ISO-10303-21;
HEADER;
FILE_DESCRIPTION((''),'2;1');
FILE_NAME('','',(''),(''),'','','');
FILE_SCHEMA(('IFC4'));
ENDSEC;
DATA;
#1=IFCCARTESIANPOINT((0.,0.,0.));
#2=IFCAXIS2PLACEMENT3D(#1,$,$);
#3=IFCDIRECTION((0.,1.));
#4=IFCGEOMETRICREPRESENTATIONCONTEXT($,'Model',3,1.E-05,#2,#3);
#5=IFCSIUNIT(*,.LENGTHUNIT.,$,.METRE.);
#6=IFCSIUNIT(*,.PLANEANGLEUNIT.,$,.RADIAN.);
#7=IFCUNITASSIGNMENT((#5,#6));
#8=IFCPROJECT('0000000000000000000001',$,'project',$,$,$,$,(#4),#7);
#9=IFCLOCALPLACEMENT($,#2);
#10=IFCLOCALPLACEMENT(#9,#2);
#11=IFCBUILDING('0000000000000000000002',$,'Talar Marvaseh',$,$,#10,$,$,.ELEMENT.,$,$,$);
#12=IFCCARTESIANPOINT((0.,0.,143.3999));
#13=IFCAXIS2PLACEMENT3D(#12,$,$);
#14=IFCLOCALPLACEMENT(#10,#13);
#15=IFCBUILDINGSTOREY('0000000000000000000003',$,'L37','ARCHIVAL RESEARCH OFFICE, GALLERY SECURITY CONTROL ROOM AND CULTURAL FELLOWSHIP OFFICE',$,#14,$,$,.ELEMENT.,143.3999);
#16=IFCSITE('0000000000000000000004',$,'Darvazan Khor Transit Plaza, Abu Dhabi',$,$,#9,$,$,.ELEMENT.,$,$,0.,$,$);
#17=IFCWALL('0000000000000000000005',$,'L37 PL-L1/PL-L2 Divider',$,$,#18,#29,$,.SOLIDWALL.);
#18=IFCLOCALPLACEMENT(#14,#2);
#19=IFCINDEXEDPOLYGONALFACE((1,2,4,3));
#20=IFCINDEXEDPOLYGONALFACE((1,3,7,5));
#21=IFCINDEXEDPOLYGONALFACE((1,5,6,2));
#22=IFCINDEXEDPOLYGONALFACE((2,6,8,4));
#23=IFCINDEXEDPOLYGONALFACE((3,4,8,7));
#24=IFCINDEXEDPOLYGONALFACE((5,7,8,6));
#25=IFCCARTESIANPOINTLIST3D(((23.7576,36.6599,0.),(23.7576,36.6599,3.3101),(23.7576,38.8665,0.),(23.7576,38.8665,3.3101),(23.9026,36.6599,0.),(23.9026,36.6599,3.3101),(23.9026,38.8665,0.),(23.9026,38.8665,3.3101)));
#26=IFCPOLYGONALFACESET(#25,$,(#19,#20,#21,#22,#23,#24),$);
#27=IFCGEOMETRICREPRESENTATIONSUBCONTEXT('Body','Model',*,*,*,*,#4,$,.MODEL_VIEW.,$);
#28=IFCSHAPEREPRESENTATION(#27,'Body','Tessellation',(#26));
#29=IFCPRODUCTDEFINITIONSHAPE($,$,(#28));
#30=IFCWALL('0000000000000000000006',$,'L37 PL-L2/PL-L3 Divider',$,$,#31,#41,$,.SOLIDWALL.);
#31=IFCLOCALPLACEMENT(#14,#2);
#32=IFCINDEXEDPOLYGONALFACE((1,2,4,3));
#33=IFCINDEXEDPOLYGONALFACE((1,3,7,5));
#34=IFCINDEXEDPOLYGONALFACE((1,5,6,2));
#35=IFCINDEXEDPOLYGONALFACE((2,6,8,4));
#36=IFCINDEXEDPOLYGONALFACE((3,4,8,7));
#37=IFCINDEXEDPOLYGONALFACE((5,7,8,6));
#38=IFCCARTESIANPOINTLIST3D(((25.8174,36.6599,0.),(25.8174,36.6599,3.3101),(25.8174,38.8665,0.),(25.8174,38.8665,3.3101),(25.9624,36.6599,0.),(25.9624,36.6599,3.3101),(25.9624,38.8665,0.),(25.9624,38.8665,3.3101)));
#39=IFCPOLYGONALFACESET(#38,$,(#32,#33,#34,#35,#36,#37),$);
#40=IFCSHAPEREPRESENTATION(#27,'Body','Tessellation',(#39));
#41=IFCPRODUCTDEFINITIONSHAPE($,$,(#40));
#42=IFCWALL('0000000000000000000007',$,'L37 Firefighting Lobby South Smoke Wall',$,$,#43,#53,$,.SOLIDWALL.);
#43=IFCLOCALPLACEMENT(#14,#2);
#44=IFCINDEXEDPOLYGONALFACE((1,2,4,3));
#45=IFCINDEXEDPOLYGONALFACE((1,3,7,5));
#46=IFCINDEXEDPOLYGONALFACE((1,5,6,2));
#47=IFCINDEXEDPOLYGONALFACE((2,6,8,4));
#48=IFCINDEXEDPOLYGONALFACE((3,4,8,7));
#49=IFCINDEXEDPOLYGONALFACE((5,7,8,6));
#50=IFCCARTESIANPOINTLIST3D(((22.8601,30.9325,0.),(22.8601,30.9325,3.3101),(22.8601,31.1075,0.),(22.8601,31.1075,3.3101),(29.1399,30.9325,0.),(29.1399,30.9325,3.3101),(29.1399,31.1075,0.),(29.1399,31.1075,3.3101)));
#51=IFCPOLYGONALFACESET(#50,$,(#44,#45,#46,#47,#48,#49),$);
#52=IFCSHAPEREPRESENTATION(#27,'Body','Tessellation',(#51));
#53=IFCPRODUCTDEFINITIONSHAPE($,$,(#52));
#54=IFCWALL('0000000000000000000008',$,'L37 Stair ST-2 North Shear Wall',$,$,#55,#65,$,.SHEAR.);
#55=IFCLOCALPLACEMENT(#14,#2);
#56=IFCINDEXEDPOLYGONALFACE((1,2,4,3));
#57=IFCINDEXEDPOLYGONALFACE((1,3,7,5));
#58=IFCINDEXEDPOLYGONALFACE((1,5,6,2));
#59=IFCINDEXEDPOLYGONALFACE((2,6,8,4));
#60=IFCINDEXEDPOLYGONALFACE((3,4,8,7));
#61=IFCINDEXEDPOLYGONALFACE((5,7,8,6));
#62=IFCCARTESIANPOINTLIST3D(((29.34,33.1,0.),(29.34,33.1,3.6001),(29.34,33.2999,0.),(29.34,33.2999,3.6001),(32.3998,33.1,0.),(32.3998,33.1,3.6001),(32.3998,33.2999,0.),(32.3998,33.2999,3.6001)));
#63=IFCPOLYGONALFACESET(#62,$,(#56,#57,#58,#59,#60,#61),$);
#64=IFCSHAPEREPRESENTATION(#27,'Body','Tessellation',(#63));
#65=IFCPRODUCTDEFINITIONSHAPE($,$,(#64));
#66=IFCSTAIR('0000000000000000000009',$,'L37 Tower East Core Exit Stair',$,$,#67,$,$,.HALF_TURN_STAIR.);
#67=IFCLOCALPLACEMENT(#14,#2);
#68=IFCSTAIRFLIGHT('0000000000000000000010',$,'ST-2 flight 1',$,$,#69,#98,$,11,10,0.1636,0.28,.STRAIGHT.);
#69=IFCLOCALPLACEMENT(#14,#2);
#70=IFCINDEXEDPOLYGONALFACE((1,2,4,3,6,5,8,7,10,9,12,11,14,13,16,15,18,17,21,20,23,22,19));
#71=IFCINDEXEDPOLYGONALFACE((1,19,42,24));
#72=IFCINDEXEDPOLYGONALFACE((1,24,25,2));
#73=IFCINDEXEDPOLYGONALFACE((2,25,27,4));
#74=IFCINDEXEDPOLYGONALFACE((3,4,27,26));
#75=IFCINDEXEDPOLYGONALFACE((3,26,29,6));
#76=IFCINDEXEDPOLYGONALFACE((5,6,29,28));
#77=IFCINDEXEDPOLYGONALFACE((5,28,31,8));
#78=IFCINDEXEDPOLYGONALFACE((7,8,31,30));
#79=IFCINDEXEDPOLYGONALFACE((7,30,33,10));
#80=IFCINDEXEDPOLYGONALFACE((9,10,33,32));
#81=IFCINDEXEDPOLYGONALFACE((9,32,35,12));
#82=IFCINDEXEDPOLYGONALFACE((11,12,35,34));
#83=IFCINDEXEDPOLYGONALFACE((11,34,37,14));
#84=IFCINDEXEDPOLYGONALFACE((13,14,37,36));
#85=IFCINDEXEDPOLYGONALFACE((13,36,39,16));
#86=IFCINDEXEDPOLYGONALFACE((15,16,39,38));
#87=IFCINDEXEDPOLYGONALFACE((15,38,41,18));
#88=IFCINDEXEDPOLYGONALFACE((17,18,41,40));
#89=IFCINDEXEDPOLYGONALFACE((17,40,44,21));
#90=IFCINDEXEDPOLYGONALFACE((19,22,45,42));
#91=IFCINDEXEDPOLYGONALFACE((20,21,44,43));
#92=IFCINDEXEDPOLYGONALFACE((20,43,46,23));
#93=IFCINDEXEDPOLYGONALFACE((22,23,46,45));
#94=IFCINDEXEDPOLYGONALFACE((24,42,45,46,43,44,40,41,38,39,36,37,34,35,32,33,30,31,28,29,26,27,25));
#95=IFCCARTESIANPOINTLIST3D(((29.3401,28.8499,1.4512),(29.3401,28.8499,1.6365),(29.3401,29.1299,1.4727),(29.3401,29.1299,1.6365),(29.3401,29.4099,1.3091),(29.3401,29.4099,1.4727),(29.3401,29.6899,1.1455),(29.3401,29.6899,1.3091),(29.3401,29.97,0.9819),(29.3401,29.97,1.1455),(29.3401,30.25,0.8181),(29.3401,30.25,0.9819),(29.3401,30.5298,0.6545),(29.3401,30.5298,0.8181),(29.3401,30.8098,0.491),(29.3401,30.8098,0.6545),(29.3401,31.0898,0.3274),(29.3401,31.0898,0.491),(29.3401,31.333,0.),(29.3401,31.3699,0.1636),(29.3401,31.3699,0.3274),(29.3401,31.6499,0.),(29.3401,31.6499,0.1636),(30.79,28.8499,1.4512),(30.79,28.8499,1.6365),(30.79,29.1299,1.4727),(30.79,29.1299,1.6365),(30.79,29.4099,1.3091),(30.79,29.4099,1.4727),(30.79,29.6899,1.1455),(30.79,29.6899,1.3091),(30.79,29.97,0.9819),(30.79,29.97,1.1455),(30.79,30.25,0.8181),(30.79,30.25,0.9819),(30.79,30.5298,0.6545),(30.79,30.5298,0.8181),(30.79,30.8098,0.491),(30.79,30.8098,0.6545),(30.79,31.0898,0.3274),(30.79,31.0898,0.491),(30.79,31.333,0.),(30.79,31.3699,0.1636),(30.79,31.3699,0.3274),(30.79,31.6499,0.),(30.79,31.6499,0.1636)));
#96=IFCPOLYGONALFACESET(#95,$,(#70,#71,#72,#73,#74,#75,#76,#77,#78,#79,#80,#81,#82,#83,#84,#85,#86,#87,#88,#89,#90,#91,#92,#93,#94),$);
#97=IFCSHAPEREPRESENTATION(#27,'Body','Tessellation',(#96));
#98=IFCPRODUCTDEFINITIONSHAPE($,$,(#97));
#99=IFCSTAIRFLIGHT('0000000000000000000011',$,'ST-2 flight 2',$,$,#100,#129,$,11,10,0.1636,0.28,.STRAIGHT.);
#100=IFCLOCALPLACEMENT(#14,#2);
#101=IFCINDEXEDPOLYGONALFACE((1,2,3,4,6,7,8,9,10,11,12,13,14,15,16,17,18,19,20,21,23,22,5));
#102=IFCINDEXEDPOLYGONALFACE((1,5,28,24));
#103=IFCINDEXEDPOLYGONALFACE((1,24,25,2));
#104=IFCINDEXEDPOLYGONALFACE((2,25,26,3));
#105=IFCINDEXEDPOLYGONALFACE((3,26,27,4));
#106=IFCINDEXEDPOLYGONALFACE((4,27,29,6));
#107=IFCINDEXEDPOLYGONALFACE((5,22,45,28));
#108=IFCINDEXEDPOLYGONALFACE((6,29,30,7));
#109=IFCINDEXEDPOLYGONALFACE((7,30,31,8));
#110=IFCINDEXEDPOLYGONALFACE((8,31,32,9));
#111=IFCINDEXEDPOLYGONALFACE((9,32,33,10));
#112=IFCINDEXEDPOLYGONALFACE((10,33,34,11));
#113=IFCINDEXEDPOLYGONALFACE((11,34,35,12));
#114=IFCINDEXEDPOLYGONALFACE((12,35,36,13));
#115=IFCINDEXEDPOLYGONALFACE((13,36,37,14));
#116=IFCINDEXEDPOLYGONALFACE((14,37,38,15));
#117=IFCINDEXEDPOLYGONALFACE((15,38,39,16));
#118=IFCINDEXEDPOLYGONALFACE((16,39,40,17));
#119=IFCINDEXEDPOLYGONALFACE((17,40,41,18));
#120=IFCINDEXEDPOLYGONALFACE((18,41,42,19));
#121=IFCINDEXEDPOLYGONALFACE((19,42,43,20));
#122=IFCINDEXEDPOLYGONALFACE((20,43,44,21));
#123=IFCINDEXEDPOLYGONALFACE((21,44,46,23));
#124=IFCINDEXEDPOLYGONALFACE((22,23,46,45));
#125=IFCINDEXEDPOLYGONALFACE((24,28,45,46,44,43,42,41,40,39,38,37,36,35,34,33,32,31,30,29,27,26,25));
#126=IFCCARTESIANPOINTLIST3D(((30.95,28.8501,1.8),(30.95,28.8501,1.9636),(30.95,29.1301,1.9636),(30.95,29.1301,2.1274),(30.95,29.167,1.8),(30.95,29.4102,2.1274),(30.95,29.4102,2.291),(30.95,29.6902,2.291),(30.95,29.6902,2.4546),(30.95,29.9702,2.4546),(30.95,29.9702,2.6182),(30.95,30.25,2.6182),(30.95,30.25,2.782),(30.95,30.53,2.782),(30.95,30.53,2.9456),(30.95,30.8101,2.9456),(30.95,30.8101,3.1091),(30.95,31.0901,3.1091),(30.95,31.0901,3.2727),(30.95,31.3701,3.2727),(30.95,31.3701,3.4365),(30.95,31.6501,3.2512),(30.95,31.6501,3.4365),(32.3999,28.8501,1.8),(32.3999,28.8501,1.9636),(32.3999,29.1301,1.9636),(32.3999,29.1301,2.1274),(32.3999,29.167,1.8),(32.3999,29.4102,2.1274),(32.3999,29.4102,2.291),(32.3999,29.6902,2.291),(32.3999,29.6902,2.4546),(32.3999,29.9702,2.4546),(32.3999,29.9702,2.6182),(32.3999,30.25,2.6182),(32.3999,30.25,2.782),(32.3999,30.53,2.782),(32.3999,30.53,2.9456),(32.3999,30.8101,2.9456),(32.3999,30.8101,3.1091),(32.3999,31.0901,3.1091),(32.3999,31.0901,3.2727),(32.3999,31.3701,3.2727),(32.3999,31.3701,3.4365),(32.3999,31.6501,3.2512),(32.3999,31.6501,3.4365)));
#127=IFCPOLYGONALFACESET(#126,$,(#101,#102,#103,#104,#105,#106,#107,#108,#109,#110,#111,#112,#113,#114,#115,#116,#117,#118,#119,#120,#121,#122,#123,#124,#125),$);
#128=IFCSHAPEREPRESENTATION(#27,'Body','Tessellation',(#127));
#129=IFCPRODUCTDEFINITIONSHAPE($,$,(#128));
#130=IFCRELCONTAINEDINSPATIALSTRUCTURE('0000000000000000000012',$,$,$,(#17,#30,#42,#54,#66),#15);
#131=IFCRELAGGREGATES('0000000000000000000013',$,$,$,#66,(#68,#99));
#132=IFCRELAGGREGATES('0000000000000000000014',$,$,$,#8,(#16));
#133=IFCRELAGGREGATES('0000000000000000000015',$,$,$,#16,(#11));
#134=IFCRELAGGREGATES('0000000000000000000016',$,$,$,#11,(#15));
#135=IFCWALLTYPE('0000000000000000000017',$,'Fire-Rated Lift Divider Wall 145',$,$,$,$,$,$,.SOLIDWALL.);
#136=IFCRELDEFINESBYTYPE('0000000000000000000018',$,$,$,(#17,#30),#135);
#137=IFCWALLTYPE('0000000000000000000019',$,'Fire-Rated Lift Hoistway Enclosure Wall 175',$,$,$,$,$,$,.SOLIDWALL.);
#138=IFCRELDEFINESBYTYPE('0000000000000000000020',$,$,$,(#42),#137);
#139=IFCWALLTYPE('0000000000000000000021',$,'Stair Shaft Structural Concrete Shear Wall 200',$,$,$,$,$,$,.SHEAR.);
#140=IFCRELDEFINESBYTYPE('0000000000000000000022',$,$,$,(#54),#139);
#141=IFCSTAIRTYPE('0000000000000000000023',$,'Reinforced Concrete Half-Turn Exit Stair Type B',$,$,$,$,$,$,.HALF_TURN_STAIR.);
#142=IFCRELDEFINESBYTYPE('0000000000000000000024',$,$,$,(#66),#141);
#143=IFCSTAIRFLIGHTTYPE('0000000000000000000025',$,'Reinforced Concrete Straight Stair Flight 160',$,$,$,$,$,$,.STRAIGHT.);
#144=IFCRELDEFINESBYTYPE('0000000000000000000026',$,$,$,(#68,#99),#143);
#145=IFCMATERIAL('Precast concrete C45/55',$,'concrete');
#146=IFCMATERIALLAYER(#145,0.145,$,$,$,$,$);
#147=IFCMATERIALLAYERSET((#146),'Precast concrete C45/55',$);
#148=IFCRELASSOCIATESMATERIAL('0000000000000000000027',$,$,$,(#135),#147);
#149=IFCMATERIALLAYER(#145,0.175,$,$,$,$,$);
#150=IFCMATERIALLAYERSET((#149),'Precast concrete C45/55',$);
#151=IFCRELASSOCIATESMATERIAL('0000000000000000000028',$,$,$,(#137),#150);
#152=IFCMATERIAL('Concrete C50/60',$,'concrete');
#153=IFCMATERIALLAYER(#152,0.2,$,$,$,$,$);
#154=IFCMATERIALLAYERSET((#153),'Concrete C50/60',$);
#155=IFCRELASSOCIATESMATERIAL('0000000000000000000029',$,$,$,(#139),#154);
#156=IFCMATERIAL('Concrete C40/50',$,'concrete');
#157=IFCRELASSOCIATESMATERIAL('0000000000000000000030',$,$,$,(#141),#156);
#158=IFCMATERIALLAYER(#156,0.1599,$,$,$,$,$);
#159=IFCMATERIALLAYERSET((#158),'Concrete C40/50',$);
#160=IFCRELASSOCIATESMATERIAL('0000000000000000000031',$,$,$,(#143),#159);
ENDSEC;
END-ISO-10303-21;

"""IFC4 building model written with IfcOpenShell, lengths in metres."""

from ifc_helpers import new_model, si_unit, direction, frame, frame_2d, origin, place, context, subcontext, project, spatial, polyline, rectangle, outline, extrude, material, layer, layer_set, type_object, element, aggregate, save


model = new_model("IFC4")

# Units and contexts
model_context = context("Model", 3, precision=1e-05, world=origin(), true_north=direction((0.0, 1.0)))
body_context = subcontext(model_context, "Body", "Model", "MODEL_VIEW")
ifc_project = project(units=[si_unit("LENGTHUNIT", "METRE"), si_unit("PLANEANGLEUNIT", "RADIAN")], contexts=[model_context])

# Site, building, storey
site_placement = place(None, origin())
site = spatial("IfcSite", under=ifc_project, at=site_placement, Name="Darvazan Khor Transit Plaza, Abu Dhabi", CompositionType="ELEMENT", RefElevation=0.0)
building_placement = place(site_placement, origin())
building = spatial("IfcBuilding", under=site, at=building_placement, Name="Talar Marvaseh", CompositionType="ELEMENT")
storey_placement = place(building_placement, frame((0.0, 0.0, 143.3999)))
storey = spatial("IfcBuildingStorey", under=building, at=storey_placement, Name="L37", Description="ARCHIVAL RESEARCH OFFICE, GALLERY SECURITY CONTROL ROOM AND CULTURAL FELLOWSHIP OFFICE", CompositionType="ELEMENT", Elevation=143.3999)

# Shared definitions
ifc_material_1 = material(Name="Concrete C40/50", Category="concrete")

# Walls
ifc_material_2 = material(Name="Precast concrete C45/55", Category="concrete")
ifc_layer_1 = layer(ifc_material_2, 0.145)
ifc_layer_set_1 = layer_set([ifc_layer_1], Name="Precast concrete C45/55")
wall_type_1 = type_object("IfcWallType", Name="Fire-Rated Lift Divider Wall 145", PredefinedType="SOLIDWALL", material=ifc_layer_set_1)
for number, where, z_axis, x_axis, name in (
    (1, (23.8301, 36.6599, 0.0), (0.0, 0.0, 1.0), (0.0, 1.0, 0.0), "L37 PL-L1/PL-L2 Divider"),
    (2, (25.8899, 36.6599, 0.0), (0.0, 0.0, 1.0), (0.0, 1.0, 0.0), "L37 PL-L2/PL-L3 Divider"),
):
    element("IfcWall", number, at=place(storey_placement, frame(where, z_axis=z_axis, x_axis=x_axis)), inside=storey, type_object=wall_type_1, Name=name, PredefinedType="SOLIDWALL", context=body_context, shape_type="SweptSolid", body=[
        extrude(rectangle(XDim=2.2065, YDim=0.145, at=frame_2d((1.1033, 0.0))), origin(), (0.0, 0.0, 1.0), 3.3101),
    ])

# Shared definitions
ifc_layer_2 = layer(ifc_material_2, 0.175)
ifc_layer_set_2 = layer_set([ifc_layer_2], Name="Precast concrete C45/55")
wall_type_2 = type_object("IfcWallType", Name="Fire-Rated Lift Hoistway Enclosure Wall 175", PredefinedType="SOLIDWALL", material=ifc_layer_set_2)

# Walls
wall_1_placement = place(storey_placement, frame((22.8601, 31.02, 0.0), z_axis=(0.0, 0.0, 1.0), x_axis=(1.0, 0.0, 0.0)))
element("IfcWall", 3, at=wall_1_placement, inside=storey, type_object=wall_type_2, Name="L37 Firefighting Lobby South Smoke Wall", PredefinedType="SOLIDWALL", context=body_context, shape_type="SweptSolid", body=[
    extrude(rectangle(XDim=6.2798, YDim=0.175, at=frame_2d((3.1399, 0.0))), origin(), (0.0, 0.0, 1.0), 3.3101),
])
ifc_material_3 = material(Name="Concrete C50/60", Category="concrete")
ifc_layer_3 = layer(ifc_material_3, 0.2)
ifc_layer_set_3 = layer_set([ifc_layer_3], Name="Concrete C50/60")
wall_type_3 = type_object("IfcWallType", Name="Stair Shaft Structural Concrete Shear Wall 200", PredefinedType="SHEAR", material=ifc_layer_set_3)
wall_2_placement = place(storey_placement, frame((29.3401, 33.2, 0.0), z_axis=(0.0, 0.0, 1.0), x_axis=(1.0, 0.0, 0.0)))
element("IfcWall", 4, at=wall_2_placement, inside=storey, type_object=wall_type_3, Name="L37 Stair ST-2 North Shear Wall", PredefinedType="SHEAR", context=body_context, shape_type="SweptSolid", body=[
    extrude(rectangle(XDim=3.0598, YDim=0.2, at=frame_2d((1.5298, 0.0))), origin(), (0.0, 0.0, 1.0), 3.6001),
])

# Stair, stair flights
stair_type = type_object("IfcStairType", Name="Reinforced Concrete Half-Turn Exit Stair Type B", PredefinedType="HALF_TURN_STAIR", material=ifc_material_1)
stair_placement = place(storey_placement, origin())
stair = element("IfcStair", 5, at=stair_placement, inside=storey, type_object=stair_type, Name="L37 Tower East Core Exit Stair", PredefinedType="HALF_TURN_STAIR")
ifc_layer_4 = layer(ifc_material_1, 0.1599)
ifc_layer_set_4 = layer_set([ifc_layer_4], Name="Concrete C40/50")
stair_flight_type = type_object("IfcStairFlightType", Name="Reinforced Concrete Straight Stair Flight 160", PredefinedType="STRAIGHT", material=ifc_layer_set_4)
stair_flight_1_placement = place(storey_placement, frame((30.0649, 31.6499, 0.0), z_axis=(0.0, 0.0, 1.0), x_axis=(0.0, -1.0, 0.0)))
stair_flight_1 = element("IfcStairFlight", 6, at=stair_flight_1_placement, type_object=stair_flight_type, Name="ST-2 flight 1", NumberOfRisers=11, NumberOfTreads=10, PredefinedType="STRAIGHT", RiserHeight=0.1636, TreadLength=0.28, context=body_context, shape_type="SweptSolid", body=[
    extrude(outline(polyline([(0.0, 0.0), (0.0, 0.1636), (0.28, 0.1636), (0.28, 0.3274), (0.5601, 0.3274), (0.5601, 0.491), (0.8401, 0.491), (0.8401, 0.6545), (1.1201, 0.6545), (1.1201, 0.8181), (1.3999, 0.8181), (1.3999, 0.9819), (1.6799, 0.9819), (1.6799, 1.1455), (1.96, 1.1455), (1.96, 1.3091), (2.24, 1.3091), (2.24, 1.4727), (2.52, 1.4727), (2.52, 1.6365), (2.8, 1.6365), (2.8, 1.8), (2.8, 1.4512), (0.3169, 0.0), (0.0, 0.0)])), frame((0.0, 0.7251, 0.0), z_axis=(0.0, -1.0, 0.0), x_axis=(1.0, 0.0, 0.0)), (0.0, 0.0, 1.0), 1.45),
])
stair_flight_2_placement = place(storey_placement, frame((31.675, 28.8501, 1.8), z_axis=(0.0, 0.0, 1.0), x_axis=(0.0, 1.0, 0.0)))
stair_flight_2 = element("IfcStairFlight", 7, at=stair_flight_2_placement, type_object=stair_flight_type, Name="ST-2 flight 2", NumberOfRisers=11, NumberOfTreads=10, PredefinedType="STRAIGHT", RiserHeight=0.1636, TreadLength=0.28, context=body_context, shape_type="SweptSolid", body=[
    extrude(outline(polyline([(0.0, 0.0), (0.0, 0.1636), (0.28, 0.1636), (0.28, 0.3274), (0.5601, 0.3274), (0.5601, 0.491), (0.8401, 0.491), (0.8401, 0.6545), (1.1201, 0.6545), (1.1201, 0.8181), (1.3999, 0.8181), (1.3999, 0.9819), (1.6799, 0.9819), (1.6799, 1.1455), (1.96, 1.1455), (1.96, 1.3091), (2.24, 1.3091), (2.24, 1.4727), (2.52, 1.4727), (2.52, 1.6365), (2.8, 1.6365), (2.8, 1.8), (2.8, 1.4512), (0.3169, 0.0), (0.0, 0.0)])), frame((0.0, 0.7251, 0.0), z_axis=(0.0, -1.0, 0.0), x_axis=(1.0, 0.0, 0.0)), (0.0, 0.0, 1.0), 1.45),
])
aggregate(stair, [stair_flight_1, stair_flight_2])

save(model, "model.ifc")
